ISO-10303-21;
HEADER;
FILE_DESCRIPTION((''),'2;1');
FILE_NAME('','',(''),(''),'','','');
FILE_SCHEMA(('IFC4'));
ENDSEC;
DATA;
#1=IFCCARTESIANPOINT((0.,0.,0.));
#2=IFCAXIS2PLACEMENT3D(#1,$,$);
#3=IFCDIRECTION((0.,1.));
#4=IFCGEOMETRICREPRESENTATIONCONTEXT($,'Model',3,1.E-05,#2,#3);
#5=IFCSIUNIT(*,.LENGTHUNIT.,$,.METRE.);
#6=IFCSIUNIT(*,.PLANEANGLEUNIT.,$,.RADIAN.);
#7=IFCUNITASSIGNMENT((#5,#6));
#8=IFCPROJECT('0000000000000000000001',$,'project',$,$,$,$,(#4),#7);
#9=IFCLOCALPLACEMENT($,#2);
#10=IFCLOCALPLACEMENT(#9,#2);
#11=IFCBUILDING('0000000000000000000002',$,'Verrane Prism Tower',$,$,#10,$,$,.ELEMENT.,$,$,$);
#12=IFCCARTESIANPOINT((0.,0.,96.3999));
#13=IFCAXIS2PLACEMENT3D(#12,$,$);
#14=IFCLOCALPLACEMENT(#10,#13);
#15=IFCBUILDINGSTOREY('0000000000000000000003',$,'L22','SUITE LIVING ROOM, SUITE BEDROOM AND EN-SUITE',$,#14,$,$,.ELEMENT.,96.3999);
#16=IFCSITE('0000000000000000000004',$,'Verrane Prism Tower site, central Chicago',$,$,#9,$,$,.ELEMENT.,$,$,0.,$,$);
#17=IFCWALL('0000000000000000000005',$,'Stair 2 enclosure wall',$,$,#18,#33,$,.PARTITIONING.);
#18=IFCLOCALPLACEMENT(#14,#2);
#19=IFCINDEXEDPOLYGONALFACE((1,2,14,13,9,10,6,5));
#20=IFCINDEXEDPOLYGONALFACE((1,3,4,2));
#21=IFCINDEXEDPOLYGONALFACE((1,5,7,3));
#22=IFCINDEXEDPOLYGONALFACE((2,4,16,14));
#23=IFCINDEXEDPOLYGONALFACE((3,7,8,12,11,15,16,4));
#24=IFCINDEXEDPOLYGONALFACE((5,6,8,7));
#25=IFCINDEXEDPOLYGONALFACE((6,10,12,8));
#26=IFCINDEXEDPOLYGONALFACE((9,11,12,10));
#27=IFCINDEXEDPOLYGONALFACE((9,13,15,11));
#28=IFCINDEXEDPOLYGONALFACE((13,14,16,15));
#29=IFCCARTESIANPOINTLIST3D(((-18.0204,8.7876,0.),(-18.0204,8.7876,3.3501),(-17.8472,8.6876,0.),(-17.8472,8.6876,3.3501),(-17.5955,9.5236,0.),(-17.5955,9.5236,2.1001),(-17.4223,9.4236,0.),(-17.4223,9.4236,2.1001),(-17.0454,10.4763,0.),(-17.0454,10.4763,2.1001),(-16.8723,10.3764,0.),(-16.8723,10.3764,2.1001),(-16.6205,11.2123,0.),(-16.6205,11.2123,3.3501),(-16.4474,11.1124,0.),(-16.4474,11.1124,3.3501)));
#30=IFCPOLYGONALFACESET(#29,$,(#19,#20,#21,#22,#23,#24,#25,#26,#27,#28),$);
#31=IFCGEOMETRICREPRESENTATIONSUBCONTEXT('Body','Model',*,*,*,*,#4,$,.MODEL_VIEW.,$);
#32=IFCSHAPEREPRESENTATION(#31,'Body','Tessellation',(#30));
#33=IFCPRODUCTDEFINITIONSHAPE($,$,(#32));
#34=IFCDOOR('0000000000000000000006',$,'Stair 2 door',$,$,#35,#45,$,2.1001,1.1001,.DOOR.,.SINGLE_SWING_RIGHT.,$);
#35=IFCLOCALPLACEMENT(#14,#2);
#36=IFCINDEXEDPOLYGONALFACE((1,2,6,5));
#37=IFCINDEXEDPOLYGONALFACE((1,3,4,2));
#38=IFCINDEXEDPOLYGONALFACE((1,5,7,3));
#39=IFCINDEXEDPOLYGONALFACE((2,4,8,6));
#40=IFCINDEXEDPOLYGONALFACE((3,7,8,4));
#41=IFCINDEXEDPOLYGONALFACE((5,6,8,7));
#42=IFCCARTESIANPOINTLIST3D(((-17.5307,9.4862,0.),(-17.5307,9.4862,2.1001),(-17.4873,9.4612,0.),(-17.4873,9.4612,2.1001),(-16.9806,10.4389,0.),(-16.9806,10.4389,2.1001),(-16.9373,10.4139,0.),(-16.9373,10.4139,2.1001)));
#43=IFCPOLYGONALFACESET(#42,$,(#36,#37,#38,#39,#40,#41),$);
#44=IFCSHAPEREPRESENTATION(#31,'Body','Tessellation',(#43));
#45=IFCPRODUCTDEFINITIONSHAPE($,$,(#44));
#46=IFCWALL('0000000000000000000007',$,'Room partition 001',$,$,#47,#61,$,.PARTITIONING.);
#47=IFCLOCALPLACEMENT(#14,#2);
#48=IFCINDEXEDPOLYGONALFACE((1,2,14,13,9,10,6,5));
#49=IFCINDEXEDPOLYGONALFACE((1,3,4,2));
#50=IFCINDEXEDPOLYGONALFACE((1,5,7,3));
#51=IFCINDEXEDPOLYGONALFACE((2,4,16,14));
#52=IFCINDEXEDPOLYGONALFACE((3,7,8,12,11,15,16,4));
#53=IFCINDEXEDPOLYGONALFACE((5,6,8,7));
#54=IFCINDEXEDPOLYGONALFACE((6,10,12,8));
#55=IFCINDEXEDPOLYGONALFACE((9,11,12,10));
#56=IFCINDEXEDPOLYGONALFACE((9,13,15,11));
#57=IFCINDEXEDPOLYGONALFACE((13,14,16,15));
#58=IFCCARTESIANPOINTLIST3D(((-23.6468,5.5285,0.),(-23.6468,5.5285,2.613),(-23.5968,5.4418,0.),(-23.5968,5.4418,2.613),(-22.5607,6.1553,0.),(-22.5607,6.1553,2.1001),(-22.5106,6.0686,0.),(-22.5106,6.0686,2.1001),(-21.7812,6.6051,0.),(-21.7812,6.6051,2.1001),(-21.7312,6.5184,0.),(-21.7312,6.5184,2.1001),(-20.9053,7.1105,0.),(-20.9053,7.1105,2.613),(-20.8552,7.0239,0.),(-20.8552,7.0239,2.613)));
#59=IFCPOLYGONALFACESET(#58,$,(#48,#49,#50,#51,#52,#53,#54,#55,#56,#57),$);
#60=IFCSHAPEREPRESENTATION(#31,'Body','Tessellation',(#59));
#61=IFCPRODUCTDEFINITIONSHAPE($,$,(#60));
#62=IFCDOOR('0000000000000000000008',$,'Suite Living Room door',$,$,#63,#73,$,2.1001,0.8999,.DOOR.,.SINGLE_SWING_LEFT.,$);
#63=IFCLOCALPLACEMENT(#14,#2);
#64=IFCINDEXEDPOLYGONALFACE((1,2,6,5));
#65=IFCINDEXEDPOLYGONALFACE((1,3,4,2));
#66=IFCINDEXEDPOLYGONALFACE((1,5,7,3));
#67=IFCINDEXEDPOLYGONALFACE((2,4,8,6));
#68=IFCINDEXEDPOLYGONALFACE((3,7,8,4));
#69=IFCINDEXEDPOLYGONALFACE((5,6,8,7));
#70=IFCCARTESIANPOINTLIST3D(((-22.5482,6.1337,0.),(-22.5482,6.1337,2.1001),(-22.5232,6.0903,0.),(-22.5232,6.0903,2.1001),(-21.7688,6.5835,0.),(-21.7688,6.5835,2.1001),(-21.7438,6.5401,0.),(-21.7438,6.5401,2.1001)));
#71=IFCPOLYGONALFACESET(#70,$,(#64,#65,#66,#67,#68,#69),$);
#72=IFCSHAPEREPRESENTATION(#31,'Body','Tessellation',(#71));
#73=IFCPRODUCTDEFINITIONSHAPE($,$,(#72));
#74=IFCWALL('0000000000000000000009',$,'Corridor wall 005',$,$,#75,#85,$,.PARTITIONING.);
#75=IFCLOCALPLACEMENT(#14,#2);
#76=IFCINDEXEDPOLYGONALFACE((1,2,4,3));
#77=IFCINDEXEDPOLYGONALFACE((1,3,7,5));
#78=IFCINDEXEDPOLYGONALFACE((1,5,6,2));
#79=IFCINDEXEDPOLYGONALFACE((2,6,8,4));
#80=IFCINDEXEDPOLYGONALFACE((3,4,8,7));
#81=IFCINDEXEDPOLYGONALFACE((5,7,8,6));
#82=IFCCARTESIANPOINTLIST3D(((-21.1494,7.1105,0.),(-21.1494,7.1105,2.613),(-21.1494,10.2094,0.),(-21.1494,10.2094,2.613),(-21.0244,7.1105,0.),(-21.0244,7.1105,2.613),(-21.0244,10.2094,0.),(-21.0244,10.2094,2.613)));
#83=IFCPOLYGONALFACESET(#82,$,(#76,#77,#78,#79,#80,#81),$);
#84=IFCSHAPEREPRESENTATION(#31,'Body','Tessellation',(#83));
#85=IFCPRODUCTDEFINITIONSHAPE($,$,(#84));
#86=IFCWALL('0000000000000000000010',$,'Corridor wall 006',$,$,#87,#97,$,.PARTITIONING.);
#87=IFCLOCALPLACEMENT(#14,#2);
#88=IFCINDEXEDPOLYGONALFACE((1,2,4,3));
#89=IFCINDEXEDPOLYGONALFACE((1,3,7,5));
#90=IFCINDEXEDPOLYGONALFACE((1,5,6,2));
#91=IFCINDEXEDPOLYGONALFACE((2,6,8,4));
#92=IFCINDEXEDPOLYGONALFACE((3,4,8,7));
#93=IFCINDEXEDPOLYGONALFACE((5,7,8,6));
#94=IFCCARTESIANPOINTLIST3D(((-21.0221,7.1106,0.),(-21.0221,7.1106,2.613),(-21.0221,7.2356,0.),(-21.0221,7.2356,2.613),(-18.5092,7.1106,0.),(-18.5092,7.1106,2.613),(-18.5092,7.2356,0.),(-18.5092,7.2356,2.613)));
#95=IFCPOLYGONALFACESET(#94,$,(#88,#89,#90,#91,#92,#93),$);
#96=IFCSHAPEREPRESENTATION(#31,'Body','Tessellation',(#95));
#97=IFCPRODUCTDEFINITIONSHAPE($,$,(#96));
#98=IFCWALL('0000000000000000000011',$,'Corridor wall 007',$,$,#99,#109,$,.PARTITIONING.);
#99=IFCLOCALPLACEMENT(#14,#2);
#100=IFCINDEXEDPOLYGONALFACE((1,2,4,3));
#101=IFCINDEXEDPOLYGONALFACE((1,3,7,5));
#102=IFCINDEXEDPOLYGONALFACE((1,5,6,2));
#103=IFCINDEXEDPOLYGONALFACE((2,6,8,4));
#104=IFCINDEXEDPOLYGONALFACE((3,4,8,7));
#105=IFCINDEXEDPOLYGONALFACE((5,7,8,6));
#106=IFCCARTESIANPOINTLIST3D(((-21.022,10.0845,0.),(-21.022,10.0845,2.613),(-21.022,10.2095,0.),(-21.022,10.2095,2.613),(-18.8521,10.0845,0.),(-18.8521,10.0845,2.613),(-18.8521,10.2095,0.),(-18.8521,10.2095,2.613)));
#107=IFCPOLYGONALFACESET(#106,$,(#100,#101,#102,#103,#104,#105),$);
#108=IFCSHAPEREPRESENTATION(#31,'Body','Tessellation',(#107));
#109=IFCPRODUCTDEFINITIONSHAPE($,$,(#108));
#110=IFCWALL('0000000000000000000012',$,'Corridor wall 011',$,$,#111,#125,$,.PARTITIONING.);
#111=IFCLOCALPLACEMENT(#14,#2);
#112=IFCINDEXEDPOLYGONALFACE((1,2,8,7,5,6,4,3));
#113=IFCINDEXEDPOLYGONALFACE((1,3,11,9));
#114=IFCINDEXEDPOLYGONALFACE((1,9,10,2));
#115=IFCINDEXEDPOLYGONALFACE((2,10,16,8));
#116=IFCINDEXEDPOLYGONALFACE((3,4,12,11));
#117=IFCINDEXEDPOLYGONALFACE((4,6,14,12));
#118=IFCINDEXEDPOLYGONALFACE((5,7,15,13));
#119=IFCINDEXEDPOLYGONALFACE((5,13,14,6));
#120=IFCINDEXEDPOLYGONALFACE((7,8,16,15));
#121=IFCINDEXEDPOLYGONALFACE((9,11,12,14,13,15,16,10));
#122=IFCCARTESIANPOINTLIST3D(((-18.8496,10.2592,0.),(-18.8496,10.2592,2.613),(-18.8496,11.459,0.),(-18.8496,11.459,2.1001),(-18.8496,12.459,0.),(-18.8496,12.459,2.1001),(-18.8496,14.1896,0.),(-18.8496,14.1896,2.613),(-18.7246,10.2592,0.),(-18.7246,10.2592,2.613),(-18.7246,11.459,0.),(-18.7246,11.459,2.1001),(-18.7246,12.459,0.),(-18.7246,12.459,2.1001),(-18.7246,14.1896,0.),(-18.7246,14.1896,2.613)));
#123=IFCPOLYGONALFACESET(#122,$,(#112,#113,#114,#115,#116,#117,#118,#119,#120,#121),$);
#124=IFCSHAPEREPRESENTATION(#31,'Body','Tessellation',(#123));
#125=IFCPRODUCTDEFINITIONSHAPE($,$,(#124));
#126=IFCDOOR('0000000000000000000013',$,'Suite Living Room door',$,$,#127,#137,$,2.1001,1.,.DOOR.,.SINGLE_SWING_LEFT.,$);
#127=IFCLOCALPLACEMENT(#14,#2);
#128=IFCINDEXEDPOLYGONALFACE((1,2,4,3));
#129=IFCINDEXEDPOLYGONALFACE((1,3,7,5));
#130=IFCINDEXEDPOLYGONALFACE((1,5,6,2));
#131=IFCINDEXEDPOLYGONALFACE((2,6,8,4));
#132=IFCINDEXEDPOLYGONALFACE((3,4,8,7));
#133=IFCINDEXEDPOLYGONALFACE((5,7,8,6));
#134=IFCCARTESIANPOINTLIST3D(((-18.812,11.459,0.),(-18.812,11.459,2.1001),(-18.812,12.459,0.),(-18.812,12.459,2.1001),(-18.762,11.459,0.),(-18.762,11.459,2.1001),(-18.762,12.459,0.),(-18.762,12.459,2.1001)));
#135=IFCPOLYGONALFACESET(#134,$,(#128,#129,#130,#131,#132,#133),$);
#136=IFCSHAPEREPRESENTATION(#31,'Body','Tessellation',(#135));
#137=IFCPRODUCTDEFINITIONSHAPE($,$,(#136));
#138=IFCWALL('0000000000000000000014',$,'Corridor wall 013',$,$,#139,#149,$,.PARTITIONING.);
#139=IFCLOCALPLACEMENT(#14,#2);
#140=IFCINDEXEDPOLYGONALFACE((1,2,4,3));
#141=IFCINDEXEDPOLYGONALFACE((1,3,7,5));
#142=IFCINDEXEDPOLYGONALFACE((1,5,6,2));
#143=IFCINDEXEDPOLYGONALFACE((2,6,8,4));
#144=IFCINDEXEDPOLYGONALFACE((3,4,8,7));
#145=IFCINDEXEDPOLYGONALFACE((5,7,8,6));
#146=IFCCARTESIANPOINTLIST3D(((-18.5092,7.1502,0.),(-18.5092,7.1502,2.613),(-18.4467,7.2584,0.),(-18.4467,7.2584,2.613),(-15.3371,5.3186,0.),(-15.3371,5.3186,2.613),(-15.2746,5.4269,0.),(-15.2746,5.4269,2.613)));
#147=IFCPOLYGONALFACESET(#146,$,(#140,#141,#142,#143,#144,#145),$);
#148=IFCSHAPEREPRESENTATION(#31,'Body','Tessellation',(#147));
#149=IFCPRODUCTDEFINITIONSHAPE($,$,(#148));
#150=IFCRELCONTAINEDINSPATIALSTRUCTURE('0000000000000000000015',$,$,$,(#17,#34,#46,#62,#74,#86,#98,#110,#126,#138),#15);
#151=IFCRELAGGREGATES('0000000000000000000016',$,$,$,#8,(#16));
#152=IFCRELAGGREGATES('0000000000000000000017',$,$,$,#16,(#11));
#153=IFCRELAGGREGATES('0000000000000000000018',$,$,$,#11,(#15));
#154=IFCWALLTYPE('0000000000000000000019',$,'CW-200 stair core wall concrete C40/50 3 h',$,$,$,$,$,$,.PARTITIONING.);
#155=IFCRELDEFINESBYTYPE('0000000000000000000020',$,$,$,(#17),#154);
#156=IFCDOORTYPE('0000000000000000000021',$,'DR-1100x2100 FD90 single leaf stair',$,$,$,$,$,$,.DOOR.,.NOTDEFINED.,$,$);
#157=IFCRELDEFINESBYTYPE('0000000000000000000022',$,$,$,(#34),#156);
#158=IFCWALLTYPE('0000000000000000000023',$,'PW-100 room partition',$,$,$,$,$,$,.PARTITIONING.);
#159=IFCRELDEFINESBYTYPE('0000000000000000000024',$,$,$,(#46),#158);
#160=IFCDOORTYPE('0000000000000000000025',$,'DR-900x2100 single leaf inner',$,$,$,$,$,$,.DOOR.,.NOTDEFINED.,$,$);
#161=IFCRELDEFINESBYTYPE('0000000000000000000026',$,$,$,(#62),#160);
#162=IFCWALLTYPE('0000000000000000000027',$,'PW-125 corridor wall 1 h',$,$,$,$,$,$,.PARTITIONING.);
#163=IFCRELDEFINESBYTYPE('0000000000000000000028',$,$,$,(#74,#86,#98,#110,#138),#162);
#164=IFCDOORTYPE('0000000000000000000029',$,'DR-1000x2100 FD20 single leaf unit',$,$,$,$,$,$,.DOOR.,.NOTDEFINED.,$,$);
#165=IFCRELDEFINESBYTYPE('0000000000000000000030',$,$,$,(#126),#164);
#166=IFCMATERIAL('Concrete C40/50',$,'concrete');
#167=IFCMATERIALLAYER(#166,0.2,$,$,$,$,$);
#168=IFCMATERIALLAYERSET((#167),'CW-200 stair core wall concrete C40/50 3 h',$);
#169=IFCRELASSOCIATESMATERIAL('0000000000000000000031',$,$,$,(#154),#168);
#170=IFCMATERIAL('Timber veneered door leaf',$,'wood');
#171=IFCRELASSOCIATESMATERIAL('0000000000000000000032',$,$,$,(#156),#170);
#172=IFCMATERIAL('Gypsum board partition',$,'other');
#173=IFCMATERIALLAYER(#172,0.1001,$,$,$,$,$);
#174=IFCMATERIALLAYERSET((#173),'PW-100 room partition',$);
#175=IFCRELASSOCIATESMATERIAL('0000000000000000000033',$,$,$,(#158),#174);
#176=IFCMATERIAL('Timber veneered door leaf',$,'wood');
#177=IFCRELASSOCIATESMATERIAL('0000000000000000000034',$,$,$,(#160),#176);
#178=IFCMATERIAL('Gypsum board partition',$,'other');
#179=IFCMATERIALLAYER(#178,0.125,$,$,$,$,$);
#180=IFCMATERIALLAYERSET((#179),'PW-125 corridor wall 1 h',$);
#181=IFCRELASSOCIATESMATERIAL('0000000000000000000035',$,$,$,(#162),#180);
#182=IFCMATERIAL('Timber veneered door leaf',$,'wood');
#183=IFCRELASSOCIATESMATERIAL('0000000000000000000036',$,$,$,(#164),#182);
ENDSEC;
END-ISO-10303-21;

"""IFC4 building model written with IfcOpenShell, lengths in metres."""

from ifc_helpers import new_model, si_unit, direction, frame, frame_2d, origin, place, context, subcontext, project, spatial, rectangle, extrude, material, layer, layer_set, type_object, element, fill, save


model = new_model("IFC4")

# Units and contexts
model_context = context("Model", 3, precision=1e-05, world=origin(), true_north=direction((0.0, 1.0)))
body_context = subcontext(model_context, "Body", "Model", "MODEL_VIEW")
ifc_project = project(units=[si_unit("LENGTHUNIT", "METRE"), si_unit("PLANEANGLEUNIT", "RADIAN")], contexts=[model_context])

# Site, building, storey
site_placement = place(None, origin())
site = spatial("IfcSite", under=ifc_project, at=site_placement, Name="Verrane Prism Tower site, central Chicago", CompositionType="ELEMENT", RefElevation=0.0)
building_placement = place(site_placement, origin())
building = spatial("IfcBuilding", under=site, at=building_placement, Name="Verrane Prism Tower", CompositionType="ELEMENT")
storey_placement = place(building_placement, frame((0.0, 0.0, 96.3999)))
storey = spatial("IfcBuildingStorey", under=building, at=storey_placement, Name="L22", Description="SUITE LIVING ROOM, SUITE BEDROOM AND EN-SUITE", CompositionType="ELEMENT", Elevation=96.3999)

# Walls, openings, doors
ifc_material_1 = material(Name="Concrete C40/50", Category="concrete")
ifc_layer_1 = layer(ifc_material_1, 0.2)
ifc_layer_set_1 = layer_set([ifc_layer_1], Name="CW-200 stair core wall concrete C40/50 3 h")
wall_type_1 = type_object("IfcWallType", Name="CW-200 stair core wall concrete C40/50 3 h", PredefinedType="PARTITIONING", material=ifc_layer_set_1)
wall_1_placement = place(storey_placement, frame((-16.5339, 11.1624, 0.0), z_axis=(0.0, 0.0, 1.0), x_axis=(-0.499984, -0.866035, 0.0)))
wall_1 = element("IfcWall", 1, at=wall_1_placement, inside=storey, type_object=wall_type_1, Name="Stair 2 enclosure wall", PredefinedType="PARTITIONING", context=body_context, shape_type="SweptSolid", body=[
    extrude(rectangle(XDim=2.7998, YDim=0.2, at=frame_2d((1.3999, 0.0))), origin(), (0.0, 0.0, 1.0), 3.3501),
])
opening_1_placement = place(wall_1_placement, frame((0.8499, 0.0, 0.0)))
opening_1 = element("IfcOpeningElement", 2, at=opening_1_placement, cuts=wall_1, PredefinedType="OPENING", context=body_context, shape_type="SweptSolid", body=[
    extrude(rectangle(XDim=1.1001, YDim=2.1001, at=frame_2d((0.55, 1.05))), frame((0.0, 0.1099, 0.0), z_axis=(0.0, -1.0, 0.0), x_axis=(1.0, 0.0, 0.0)), (0.0, 0.0, 1.0), 0.22),
])
ifc_material_2 = material(Name="Timber veneered door leaf", Category="wood")
door_type_1 = type_object("IfcDoorType", Name="DR-1100x2100 FD90 single leaf stair", OperationType="NOTDEFINED", PredefinedType="DOOR", material=ifc_material_2)
door_1_placement = place(opening_1_placement, origin())
door_1 = element("IfcDoor", 3, at=door_1_placement, inside=storey, type_object=door_type_1, Name="Stair 2 door", OperationType="SINGLE_SWING_RIGHT", OverallHeight=2.1001, OverallWidth=1.1001, PredefinedType="DOOR", context=body_context, shape_type="SweptSolid", body=[
    extrude(rectangle(XDim=1.1001, YDim=2.1001, at=frame_2d((0.55, 1.05))), frame((0.0, 0.0249, 0.0), z_axis=(0.0, -1.0, 0.0), x_axis=(1.0, 0.0, 0.0)), (0.0, 0.0, 1.0), 0.05),
])
fill(opening_1, door_1)
ifc_material_3 = material(Name="Gypsum board partition", Category="other")
ifc_layer_2 = layer(ifc_material_3, 0.1001)
ifc_layer_set_2 = layer_set([ifc_layer_2], Name="PW-100 room partition")
wall_type_2 = type_object("IfcWallType", Name="PW-100 room partition", PredefinedType="PARTITIONING", material=ifc_layer_set_2)
wall_2_placement = place(storey_placement, frame((-20.8804, 7.0671, 0.0), z_axis=(0.0, 0.0, 1.0), x_axis=(-0.866128, -0.499823, 0.0)))
wall_2 = element("IfcWall", 4, at=wall_2_placement, inside=storey, type_object=wall_type_2, Name="Room partition 001", PredefinedType="PARTITIONING", context=body_context, shape_type="SweptSolid", body=[
    extrude(rectangle(XDim=3.1653, YDim=0.1001, at=frame_2d((1.5825, 0.0))), origin(), (0.0, 0.0, 1.0), 2.613),
])
opening_2_placement = place(wall_2_placement, frame((1.0112, 0.0, 0.0)))
opening_2 = element("IfcOpeningElement", 5, at=opening_2_placement, cuts=wall_2, PredefinedType="OPENING", context=body_context, shape_type="SweptSolid", body=[
    extrude(rectangle(XDim=0.8999, YDim=2.1001, at=frame_2d((0.45, 1.05))), frame((0.0, 0.0601, 0.0), z_axis=(0.0, -1.0, 0.0), x_axis=(1.0, 0.0, 0.0)), (0.0, 0.0, 1.0), 0.1201),
])
ifc_material_4 = material(Name="Timber veneered door leaf", Category="wood")
door_type_2 = type_object("IfcDoorType", Name="DR-900x2100 single leaf inner", OperationType="NOTDEFINED", PredefinedType="DOOR", material=ifc_material_4)
door_2_placement = place(opening_2_placement, origin())
door_2 = element("IfcDoor", 6, at=door_2_placement, inside=storey, type_object=door_type_2, Name="Suite Living Room door", OperationType="SINGLE_SWING_LEFT", OverallHeight=2.1001, OverallWidth=0.8999, PredefinedType="DOOR", context=body_context, shape_type="SweptSolid", body=[
    extrude(rectangle(XDim=0.8999, YDim=2.1001, at=frame_2d((0.45, 1.05))), frame((0.0, 0.0249, 0.0), z_axis=(0.0, -1.0, 0.0), x_axis=(1.0, 0.0, 0.0)), (0.0, 0.0, 1.0), 0.05),
])
fill(opening_2, door_2)

# Walls
ifc_material_5 = material(Name="Gypsum board partition", Category="other")
ifc_layer_3 = layer(ifc_material_5, 0.125)
ifc_layer_set_3 = layer_set([ifc_layer_3], Name="PW-125 corridor wall 1 h")
wall_type_3 = type_object("IfcWallType", Name="PW-125 corridor wall 1 h", PredefinedType="PARTITIONING", material=ifc_layer_set_3)
wall_3_placement = place(storey_placement, frame((-21.0869, 7.1106, 0.0), z_axis=(0.0, 0.0, 1.0), x_axis=(0.0, 1.0, 0.0)))
element("IfcWall", 7, at=wall_3_placement, inside=storey, type_object=wall_type_3, Name="Corridor wall 005", PredefinedType="PARTITIONING", context=body_context, shape_type="SweptSolid", body=[
    extrude(rectangle(XDim=3.0989, YDim=0.125, at=frame_2d((1.5493, 0.0))), origin(), (0.0, 0.0, 1.0), 2.613),
])
wall_4_placement = place(storey_placement, frame((-21.022, 7.1731, 0.0), z_axis=(0.0, 0.0, 1.0), x_axis=(1.0, 0.0, 0.0)))
element("IfcWall", 8, at=wall_4_placement, inside=storey, type_object=wall_type_3, Name="Corridor wall 006", PredefinedType="PARTITIONING", context=body_context, shape_type="SweptSolid", body=[
    extrude(rectangle(XDim=2.5129, YDim=0.125, at=frame_2d((1.2563, 0.0))), origin(), (0.0, 0.0, 1.0), 2.613),
])
wall_5_placement = place(storey_placement, frame((-21.022, 10.147, 0.0), z_axis=(0.0, 0.0, 1.0), x_axis=(1.0, 0.0, 0.0)))
element("IfcWall", 9, at=wall_5_placement, inside=storey, type_object=wall_type_3, Name="Corridor wall 007", PredefinedType="PARTITIONING", context=body_context, shape_type="SweptSolid", body=[
    extrude(rectangle(XDim=2.1699, YDim=0.125, at=frame_2d((1.085, 0.0))), origin(), (0.0, 0.0, 1.0), 2.613),
])

# Wall, opening, door
wall_6_placement = place(storey_placement, frame((-18.7871, 10.259, 0.0), z_axis=(0.0, 0.0, 1.0), x_axis=(0.0, 1.0, 0.0)))
wall_6 = element("IfcWall", 10, at=wall_6_placement, inside=storey, type_object=wall_type_3, Name="Corridor wall 011", PredefinedType="PARTITIONING", context=body_context, shape_type="SweptSolid", body=[
    extrude(rectangle(XDim=3.9304, YDim=0.125, at=frame_2d((1.9653, 0.0))), origin(), (0.0, 0.0, 1.0), 2.613),
])
opening_3_placement = place(wall_6_placement, frame((1.2, 0.0, 0.0)))
opening_3 = element("IfcOpeningElement", 11, at=opening_3_placement, cuts=wall_6, PredefinedType="OPENING", context=body_context, shape_type="SweptSolid", body=[
    extrude(rectangle(XDim=1.0, YDim=2.1001, at=frame_2d((0.5, 1.05))), frame((0.0, 0.0725, 0.0), z_axis=(0.0, -1.0, 0.0), x_axis=(1.0, 0.0, 0.0)), (0.0, 0.0, 1.0), 0.145),
])
ifc_material_6 = material(Name="Timber veneered door leaf", Category="wood")
door_type_3 = type_object("IfcDoorType", Name="DR-1000x2100 FD20 single leaf unit", OperationType="NOTDEFINED", PredefinedType="DOOR", material=ifc_material_6)
door_3_placement = place(opening_3_placement, origin())
door_3 = element("IfcDoor", 12, at=door_3_placement, inside=storey, type_object=door_type_3, Name="Suite Living Room door", OperationType="SINGLE_SWING_LEFT", OverallHeight=2.1001, OverallWidth=1.0, PredefinedType="DOOR", context=body_context, shape_type="SweptSolid", body=[
    extrude(rectangle(XDim=1.0, YDim=2.1001, at=frame_2d((0.5, 1.05))), frame((0.0, 0.0249, 0.0), z_axis=(0.0, -1.0, 0.0), x_axis=(1.0, 0.0, 0.0)), (0.0, 0.0, 1.0), 0.05),
])
fill(opening_3, door_3)

# Wall
wall_7_placement = place(storey_placement, frame((-18.478, 7.2043, 0.0), z_axis=(0.0, 0.0, 1.0), x_axis=(0.866011, -0.500024, 0.0)))
element("IfcWall", 13, at=wall_7_placement, inside=storey, type_object=wall_type_3, Name="Corridor wall 013", PredefinedType="PARTITIONING", context=body_context, shape_type="SweptSolid", body=[
    extrude(rectangle(XDim=3.6628, YDim=0.125, at=frame_2d((1.8315, 0.0))), origin(), (0.0, 0.0, 1.0), 2.613),
])

save(model, "model.ifc")
